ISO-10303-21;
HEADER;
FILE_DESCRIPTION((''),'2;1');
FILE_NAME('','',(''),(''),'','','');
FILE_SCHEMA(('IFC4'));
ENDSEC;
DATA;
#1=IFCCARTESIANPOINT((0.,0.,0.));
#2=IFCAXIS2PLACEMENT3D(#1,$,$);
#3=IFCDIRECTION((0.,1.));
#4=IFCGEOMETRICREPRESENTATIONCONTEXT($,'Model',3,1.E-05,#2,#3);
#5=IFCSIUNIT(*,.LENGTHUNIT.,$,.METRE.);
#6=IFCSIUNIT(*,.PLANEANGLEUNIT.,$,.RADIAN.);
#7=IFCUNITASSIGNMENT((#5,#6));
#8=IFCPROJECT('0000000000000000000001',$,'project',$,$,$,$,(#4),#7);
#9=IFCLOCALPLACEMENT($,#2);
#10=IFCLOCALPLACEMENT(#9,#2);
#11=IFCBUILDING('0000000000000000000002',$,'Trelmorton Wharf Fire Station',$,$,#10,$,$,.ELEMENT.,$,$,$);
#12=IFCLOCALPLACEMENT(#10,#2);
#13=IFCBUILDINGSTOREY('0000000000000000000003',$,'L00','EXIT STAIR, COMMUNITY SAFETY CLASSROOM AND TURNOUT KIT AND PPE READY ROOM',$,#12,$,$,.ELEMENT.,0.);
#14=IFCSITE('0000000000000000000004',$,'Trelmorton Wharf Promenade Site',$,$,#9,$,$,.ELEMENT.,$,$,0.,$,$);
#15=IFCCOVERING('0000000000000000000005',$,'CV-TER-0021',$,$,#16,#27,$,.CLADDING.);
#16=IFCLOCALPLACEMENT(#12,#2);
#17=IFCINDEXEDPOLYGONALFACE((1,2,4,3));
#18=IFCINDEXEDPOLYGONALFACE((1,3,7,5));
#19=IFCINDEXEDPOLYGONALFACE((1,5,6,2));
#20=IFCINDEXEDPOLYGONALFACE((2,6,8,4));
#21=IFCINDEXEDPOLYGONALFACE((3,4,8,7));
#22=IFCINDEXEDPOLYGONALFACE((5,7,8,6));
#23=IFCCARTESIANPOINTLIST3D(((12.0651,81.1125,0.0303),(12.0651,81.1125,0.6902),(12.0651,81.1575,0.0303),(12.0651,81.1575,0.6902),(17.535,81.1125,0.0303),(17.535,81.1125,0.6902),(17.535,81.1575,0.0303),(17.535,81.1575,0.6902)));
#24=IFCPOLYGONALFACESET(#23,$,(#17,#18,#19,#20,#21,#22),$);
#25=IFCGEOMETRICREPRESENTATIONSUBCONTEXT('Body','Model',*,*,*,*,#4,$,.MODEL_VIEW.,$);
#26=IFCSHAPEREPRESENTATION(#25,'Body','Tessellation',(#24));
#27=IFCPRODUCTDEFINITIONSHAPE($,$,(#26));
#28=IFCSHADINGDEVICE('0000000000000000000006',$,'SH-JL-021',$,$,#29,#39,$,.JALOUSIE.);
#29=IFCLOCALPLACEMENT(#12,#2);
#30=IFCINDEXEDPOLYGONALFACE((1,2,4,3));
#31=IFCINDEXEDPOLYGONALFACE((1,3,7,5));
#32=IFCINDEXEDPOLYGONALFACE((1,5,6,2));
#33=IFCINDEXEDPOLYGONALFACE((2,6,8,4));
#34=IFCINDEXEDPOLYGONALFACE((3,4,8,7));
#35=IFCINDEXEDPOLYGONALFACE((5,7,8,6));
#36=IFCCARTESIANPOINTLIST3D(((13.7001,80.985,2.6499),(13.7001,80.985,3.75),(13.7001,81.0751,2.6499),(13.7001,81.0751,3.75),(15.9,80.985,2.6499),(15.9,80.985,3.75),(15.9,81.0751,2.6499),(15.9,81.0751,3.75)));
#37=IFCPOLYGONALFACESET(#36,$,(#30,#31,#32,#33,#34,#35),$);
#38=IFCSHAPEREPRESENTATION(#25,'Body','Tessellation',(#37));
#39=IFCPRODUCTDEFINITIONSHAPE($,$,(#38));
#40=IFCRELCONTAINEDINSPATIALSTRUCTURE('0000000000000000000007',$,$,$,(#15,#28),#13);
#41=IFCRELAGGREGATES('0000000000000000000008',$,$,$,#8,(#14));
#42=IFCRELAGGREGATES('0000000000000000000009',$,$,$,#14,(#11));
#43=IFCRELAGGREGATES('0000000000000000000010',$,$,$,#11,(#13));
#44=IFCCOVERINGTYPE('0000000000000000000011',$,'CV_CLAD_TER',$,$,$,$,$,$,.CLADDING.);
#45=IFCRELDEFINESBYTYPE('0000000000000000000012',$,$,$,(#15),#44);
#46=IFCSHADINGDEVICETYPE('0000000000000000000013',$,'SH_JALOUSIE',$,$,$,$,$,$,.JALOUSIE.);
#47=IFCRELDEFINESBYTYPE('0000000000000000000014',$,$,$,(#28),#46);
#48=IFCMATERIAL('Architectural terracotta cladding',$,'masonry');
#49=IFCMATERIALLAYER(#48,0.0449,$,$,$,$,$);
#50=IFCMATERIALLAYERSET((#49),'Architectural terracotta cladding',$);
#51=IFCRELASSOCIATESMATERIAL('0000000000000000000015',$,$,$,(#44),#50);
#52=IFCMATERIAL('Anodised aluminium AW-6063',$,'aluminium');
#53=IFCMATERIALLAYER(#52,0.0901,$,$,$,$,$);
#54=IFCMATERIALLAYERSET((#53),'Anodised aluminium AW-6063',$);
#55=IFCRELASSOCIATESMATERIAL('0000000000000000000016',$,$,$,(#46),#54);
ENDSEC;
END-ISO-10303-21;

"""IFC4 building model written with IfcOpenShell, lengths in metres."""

from ifc_helpers import new_model, si_unit, direction, frame, origin, origin_2d, place, context, subcontext, project, spatial, rectangle, extrude, material, layer, layer_set, type_object, element, save


model = new_model("IFC4")

# Units and contexts
model_context = context("Model", 3, precision=1e-05, world=origin(), true_north=direction((0.0, 1.0)))
body_context = subcontext(model_context, "Body", "Model", "MODEL_VIEW")
ifc_project = project(units=[si_unit("LENGTHUNIT", "METRE"), si_unit("PLANEANGLEUNIT", "RADIAN")], contexts=[model_context])

# Site, building, storey
site_placement = place(None, origin())
site = spatial("IfcSite", under=ifc_project, at=site_placement, Name="Trelmorton Wharf Promenade Site", CompositionType="ELEMENT", RefElevation=0.0)
building_placement = place(site_placement, origin())
building = spatial("IfcBuilding", under=site, at=building_placement, Name="Trelmorton Wharf Fire Station", CompositionType="ELEMENT")
storey_placement = place(building_placement, origin())
storey = spatial("IfcBuildingStorey", under=building, at=storey_placement, Name="L00", Description="EXIT STAIR, COMMUNITY SAFETY CLASSROOM AND TURNOUT KIT AND PPE READY ROOM", CompositionType="ELEMENT", Elevation=0.0)

# Covering
ifc_material_1 = material(Name="Architectural terracotta cladding", Category="masonry")
ifc_layer_1 = layer(ifc_material_1, 0.0449)
ifc_layer_set_1 = layer_set([ifc_layer_1], Name="Architectural terracotta cladding")
covering_type = type_object("IfcCoveringType", Name="CV_CLAD_TER", PredefinedType="CLADDING", material=ifc_layer_set_1)
covering_placement = place(storey_placement, frame((14.8, 81.135, 0.0303), z_axis=(0.0, 0.0, 1.0), x_axis=(1.0, 0.0, 0.0)))
element("IfcCovering", 1, at=covering_placement, inside=storey, type_object=covering_type, Name="CV-TER-0021", PredefinedType="CLADDING", context=body_context, shape_type="SweptSolid", body=[
    extrude(rectangle(XDim=5.47, YDim=0.0449, at=origin_2d()), origin(), (0.0, 0.0, 1.0), 0.6599),
])

# Shading device
ifc_material_2 = material(Name="Anodised aluminium AW-6063", Category="aluminium")
ifc_layer_2 = layer(ifc_material_2, 0.0901)
ifc_layer_set_2 = layer_set([ifc_layer_2], Name="Anodised aluminium AW-6063")
shading_device_type = type_object("IfcShadingDeviceType", Name="SH_JALOUSIE", PredefinedType="JALOUSIE", material=ifc_layer_set_2)
shading_device_placement = place(storey_placement, frame((14.8, 81.03, 2.6499), z_axis=(0.0, 0.0, 1.0), x_axis=(1.0, 0.0, 0.0)))
element("IfcShadingDevice", 2, at=shading_device_placement, inside=storey, type_object=shading_device_type, Name="SH-JL-021", PredefinedType="JALOUSIE", context=body_context, shape_type="SweptSolid", body=[
    extrude(rectangle(XDim=2.2, YDim=0.0901, at=origin_2d()), origin(), (0.0, 0.0, 1.0), 1.1001),
])

save(model, "model.ifc")
